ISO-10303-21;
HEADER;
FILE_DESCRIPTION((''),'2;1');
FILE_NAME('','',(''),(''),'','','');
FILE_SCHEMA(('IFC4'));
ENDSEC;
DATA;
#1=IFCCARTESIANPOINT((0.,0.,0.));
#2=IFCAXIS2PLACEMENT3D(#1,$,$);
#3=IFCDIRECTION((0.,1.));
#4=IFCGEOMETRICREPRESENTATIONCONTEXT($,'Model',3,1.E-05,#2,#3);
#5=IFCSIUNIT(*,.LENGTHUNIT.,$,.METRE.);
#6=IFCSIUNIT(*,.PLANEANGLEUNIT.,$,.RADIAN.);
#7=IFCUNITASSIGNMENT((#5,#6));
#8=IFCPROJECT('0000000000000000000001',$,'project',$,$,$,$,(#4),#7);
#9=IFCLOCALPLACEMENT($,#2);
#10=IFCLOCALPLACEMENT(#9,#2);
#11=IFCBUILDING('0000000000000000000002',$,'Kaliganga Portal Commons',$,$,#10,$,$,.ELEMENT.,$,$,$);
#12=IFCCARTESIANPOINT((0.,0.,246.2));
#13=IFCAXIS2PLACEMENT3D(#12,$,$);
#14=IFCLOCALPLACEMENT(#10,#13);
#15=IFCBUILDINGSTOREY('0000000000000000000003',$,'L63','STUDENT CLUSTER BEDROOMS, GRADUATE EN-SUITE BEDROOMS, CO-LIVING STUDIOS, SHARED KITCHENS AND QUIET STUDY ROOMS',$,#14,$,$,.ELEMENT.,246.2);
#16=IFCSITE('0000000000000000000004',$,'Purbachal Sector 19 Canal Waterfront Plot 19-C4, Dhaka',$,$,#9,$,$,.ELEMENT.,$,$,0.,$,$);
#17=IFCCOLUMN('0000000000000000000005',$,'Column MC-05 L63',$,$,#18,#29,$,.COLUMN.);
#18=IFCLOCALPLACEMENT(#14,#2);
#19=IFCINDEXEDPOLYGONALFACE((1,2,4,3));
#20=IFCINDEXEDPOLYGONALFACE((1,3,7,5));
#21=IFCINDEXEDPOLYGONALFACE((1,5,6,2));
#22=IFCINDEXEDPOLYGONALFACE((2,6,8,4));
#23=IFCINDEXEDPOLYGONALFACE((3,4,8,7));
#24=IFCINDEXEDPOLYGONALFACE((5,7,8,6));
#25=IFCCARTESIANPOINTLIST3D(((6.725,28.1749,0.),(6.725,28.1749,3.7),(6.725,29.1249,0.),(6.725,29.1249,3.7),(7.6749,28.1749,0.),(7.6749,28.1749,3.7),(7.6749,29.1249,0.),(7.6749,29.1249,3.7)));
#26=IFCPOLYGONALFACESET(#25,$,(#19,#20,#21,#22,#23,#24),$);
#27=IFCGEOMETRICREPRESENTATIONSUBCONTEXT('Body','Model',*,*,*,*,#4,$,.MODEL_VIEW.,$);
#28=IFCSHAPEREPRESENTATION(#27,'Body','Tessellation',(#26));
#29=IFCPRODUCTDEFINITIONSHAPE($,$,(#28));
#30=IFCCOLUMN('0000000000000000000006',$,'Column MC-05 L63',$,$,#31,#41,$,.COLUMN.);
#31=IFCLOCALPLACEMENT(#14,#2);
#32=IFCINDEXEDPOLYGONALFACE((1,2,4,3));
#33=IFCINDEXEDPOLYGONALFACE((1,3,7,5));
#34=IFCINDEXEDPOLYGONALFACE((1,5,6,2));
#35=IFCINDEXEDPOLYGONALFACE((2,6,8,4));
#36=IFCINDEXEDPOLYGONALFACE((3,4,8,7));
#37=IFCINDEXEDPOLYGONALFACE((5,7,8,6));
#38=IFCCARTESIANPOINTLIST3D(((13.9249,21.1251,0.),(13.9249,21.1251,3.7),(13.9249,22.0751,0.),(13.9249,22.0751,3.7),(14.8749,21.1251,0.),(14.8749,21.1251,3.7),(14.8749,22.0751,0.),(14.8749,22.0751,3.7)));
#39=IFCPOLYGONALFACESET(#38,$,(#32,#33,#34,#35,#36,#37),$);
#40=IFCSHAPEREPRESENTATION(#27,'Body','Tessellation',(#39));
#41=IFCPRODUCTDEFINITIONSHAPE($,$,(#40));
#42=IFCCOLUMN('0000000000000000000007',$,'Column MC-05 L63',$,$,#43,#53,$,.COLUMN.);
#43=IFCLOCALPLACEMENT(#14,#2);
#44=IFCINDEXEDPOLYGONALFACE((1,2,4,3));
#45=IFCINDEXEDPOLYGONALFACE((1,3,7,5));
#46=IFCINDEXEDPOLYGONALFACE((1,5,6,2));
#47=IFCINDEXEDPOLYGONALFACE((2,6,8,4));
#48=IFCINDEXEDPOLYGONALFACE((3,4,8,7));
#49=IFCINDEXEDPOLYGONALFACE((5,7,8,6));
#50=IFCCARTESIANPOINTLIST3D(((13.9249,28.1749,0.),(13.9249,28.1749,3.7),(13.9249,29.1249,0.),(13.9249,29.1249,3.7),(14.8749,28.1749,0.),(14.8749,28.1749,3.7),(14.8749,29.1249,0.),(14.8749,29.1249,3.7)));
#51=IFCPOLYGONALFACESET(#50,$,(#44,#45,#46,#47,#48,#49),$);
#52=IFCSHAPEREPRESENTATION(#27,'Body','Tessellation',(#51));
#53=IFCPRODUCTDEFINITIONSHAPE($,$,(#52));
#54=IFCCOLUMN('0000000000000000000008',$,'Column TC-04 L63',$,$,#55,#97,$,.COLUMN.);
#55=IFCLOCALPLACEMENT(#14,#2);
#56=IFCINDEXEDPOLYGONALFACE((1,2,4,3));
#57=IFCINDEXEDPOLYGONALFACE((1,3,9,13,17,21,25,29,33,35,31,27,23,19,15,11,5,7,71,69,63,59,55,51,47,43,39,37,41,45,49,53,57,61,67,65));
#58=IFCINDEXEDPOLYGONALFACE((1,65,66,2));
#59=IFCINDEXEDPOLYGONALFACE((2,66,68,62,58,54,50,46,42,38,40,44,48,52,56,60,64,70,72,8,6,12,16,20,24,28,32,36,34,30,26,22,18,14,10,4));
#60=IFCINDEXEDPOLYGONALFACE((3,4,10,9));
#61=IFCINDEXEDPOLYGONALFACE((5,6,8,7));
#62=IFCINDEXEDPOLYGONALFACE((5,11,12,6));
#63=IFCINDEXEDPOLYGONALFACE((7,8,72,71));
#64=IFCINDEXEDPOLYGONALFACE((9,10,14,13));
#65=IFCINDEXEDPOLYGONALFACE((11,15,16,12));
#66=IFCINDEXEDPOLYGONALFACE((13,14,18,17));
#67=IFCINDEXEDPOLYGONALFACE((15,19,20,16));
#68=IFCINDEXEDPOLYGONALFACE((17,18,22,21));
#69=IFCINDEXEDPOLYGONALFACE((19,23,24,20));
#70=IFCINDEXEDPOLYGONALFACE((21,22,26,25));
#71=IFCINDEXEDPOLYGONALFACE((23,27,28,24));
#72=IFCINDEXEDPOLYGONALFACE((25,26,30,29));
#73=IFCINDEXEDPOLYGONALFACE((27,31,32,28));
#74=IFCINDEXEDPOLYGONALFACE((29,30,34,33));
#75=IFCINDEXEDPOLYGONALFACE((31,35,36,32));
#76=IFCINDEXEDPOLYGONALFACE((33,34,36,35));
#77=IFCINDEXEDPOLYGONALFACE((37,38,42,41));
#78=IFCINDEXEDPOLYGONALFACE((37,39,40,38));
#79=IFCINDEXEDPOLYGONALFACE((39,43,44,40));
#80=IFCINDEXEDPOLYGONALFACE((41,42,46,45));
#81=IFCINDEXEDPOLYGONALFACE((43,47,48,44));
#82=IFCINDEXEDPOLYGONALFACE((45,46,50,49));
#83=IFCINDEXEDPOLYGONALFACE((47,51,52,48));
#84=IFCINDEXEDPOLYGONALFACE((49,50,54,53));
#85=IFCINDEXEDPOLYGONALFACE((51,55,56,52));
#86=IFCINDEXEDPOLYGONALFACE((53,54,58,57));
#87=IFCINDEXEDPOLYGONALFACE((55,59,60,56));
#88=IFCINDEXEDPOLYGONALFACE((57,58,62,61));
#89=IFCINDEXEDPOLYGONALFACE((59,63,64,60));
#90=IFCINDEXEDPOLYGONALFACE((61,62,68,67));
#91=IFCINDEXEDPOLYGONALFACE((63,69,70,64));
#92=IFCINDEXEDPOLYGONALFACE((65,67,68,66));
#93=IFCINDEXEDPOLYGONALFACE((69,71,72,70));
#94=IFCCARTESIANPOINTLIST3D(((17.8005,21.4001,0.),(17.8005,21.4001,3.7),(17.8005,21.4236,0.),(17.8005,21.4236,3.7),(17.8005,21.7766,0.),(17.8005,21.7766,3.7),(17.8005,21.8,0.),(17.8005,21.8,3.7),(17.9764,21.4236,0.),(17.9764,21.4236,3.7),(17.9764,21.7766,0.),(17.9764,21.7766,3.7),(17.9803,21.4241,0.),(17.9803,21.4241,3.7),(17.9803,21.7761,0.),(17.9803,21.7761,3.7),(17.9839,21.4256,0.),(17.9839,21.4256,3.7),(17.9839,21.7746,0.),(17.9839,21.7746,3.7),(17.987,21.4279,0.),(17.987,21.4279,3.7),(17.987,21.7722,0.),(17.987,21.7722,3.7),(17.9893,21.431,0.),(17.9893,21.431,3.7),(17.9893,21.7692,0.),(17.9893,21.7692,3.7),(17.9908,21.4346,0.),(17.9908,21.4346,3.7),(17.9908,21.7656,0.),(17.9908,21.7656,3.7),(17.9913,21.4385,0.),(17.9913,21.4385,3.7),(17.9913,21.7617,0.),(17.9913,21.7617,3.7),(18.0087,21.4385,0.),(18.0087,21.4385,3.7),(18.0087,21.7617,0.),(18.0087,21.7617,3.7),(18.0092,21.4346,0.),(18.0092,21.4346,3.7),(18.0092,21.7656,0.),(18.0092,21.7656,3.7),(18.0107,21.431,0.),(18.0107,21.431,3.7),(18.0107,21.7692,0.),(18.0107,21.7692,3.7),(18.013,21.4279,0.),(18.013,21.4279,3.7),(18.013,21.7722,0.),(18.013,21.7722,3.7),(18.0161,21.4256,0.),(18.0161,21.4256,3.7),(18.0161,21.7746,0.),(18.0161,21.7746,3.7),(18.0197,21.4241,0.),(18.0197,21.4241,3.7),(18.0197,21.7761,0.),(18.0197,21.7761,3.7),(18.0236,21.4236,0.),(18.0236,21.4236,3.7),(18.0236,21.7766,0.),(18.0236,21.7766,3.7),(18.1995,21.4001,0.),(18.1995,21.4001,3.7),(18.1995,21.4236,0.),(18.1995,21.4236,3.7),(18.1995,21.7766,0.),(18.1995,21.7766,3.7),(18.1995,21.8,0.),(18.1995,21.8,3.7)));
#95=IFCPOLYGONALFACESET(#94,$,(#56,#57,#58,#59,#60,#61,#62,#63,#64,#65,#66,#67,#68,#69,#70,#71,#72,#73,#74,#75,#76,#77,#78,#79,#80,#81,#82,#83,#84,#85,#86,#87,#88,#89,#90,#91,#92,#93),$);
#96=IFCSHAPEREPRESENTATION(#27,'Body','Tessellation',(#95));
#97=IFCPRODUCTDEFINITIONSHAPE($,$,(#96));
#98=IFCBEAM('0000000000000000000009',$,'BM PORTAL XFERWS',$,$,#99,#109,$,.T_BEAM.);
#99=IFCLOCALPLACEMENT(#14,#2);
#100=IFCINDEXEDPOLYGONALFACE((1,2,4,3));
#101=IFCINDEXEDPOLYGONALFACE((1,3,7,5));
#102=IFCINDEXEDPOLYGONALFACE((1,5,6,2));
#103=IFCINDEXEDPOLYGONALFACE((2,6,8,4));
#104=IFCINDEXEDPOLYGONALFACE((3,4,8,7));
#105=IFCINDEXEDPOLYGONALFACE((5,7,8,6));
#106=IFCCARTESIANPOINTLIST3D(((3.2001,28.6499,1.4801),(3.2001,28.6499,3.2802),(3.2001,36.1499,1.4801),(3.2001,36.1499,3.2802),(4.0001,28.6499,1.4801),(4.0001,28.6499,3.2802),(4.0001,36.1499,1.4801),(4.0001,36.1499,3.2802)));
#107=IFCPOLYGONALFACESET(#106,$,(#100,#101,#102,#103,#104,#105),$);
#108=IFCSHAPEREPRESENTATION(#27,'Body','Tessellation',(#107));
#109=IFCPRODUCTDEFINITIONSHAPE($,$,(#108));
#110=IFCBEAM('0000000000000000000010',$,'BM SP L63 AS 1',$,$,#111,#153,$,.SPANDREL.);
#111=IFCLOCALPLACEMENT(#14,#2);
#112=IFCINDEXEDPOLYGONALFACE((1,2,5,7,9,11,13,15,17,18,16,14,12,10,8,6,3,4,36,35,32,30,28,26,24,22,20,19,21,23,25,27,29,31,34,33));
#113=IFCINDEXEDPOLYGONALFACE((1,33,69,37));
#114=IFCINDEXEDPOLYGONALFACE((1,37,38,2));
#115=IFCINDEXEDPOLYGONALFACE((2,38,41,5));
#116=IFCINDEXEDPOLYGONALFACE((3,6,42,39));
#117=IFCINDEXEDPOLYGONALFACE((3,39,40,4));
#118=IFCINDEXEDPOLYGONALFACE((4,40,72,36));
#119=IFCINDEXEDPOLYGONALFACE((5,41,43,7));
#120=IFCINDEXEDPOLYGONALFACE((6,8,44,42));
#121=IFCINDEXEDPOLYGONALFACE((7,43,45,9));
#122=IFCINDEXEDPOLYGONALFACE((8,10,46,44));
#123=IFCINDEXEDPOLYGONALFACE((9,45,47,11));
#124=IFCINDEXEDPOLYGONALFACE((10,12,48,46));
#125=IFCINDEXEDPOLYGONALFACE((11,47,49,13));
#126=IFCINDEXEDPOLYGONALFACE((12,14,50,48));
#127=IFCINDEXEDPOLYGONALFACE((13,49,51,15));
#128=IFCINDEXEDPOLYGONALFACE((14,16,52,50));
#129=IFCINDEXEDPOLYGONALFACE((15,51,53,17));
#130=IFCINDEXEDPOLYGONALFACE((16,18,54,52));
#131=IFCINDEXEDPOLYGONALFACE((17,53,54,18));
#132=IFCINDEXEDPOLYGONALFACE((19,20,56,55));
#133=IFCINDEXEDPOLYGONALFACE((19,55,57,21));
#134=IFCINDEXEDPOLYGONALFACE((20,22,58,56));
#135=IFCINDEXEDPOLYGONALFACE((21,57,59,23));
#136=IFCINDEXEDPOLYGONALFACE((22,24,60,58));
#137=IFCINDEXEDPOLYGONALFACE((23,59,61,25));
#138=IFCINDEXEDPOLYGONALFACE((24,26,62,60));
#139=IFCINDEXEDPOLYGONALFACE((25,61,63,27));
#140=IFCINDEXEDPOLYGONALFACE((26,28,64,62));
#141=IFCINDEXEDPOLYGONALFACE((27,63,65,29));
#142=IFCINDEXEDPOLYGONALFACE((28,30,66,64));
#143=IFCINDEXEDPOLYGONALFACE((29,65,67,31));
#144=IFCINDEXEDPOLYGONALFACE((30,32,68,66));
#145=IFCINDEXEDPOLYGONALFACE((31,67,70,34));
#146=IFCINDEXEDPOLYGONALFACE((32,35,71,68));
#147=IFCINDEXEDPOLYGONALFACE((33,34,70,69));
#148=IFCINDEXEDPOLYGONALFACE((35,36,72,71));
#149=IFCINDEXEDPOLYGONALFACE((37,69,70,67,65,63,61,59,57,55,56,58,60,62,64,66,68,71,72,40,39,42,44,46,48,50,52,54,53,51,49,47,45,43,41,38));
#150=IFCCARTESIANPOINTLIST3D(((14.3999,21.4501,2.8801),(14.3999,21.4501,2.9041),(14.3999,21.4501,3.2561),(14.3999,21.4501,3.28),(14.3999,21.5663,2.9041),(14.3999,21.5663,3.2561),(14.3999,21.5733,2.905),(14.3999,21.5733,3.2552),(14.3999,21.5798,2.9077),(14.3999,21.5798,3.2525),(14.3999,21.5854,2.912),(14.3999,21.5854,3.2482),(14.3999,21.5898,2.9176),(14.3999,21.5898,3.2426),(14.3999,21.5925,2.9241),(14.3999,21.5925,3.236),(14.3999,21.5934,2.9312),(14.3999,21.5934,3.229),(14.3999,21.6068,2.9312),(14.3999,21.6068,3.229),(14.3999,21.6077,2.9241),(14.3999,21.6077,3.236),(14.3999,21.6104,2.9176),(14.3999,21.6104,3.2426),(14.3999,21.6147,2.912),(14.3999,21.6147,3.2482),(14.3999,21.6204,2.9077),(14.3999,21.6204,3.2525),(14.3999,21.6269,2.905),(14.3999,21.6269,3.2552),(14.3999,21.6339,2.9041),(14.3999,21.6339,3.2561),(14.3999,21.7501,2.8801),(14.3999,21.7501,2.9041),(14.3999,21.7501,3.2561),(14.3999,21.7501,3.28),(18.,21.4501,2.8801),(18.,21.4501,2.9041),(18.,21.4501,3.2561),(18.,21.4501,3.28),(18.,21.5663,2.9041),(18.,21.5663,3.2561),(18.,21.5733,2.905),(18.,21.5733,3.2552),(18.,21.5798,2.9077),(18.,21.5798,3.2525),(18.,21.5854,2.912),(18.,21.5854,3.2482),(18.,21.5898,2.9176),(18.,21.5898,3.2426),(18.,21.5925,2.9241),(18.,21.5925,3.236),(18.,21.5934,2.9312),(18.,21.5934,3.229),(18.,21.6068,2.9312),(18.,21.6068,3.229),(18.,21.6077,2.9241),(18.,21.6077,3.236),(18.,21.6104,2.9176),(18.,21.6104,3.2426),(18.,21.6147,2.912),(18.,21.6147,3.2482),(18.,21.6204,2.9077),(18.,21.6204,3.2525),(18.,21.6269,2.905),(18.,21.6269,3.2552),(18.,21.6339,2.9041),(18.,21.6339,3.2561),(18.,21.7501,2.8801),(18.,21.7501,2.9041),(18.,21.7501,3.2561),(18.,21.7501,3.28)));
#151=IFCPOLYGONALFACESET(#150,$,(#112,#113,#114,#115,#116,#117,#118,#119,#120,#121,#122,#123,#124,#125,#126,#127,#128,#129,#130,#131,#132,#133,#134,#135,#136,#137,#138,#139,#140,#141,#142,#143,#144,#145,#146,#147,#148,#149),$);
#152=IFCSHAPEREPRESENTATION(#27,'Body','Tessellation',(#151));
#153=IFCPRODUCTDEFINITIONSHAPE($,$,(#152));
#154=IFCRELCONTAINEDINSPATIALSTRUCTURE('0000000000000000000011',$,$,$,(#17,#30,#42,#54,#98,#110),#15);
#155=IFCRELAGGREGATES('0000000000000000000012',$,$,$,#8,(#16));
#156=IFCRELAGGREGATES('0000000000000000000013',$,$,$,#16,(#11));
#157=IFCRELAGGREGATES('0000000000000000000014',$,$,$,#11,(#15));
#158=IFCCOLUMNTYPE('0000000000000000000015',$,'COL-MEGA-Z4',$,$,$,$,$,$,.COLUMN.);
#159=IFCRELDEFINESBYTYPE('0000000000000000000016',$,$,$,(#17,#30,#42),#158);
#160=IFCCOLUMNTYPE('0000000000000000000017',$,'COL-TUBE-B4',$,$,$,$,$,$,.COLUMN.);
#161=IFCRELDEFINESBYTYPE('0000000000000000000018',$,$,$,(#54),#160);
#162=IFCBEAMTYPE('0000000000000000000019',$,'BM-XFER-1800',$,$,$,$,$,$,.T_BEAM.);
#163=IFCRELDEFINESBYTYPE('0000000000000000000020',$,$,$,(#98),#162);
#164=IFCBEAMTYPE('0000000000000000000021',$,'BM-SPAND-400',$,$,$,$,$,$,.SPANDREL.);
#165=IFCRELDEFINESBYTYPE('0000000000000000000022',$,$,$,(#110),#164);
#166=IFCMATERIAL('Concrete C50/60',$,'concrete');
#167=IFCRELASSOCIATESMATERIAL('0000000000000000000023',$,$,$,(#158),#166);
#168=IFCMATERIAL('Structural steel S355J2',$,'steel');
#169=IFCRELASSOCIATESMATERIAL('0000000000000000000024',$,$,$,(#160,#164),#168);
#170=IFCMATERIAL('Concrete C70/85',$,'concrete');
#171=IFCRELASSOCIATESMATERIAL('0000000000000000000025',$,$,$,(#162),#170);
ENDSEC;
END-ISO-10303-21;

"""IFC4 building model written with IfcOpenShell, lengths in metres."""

from ifc_helpers import new_model, si_unit, direction, frame, origin, origin_2d, place, context, subcontext, project, spatial, rectangle, i_section, extrude, source, transform, mapped, material, material_profile, profile_set, type_object, element, save


model = new_model("IFC4")

# Units and contexts
model_context = context("Model", 3, precision=1e-05, world=origin(), true_north=direction((0.0, 1.0)))
body_context = subcontext(model_context, "Body", "Model", "MODEL_VIEW")
ifc_project = project(units=[si_unit("LENGTHUNIT", "METRE"), si_unit("PLANEANGLEUNIT", "RADIAN")], contexts=[model_context])

# Site, building, storey
site_placement = place(None, origin())
site = spatial("IfcSite", under=ifc_project, at=site_placement, Name="Purbachal Sector 19 Canal Waterfront Plot 19-C4, Dhaka", CompositionType="ELEMENT", RefElevation=0.0)
building_placement = place(site_placement, origin())
building = spatial("IfcBuilding", under=site, at=building_placement, Name="Kaliganga Portal Commons", CompositionType="ELEMENT")
storey_placement = place(building_placement, frame((0.0, 0.0, 246.2)))
storey = spatial("IfcBuildingStorey", under=building, at=storey_placement, Name="L63", Description="STUDENT CLUSTER BEDROOMS, GRADUATE EN-SUITE BEDROOMS, CO-LIVING STUDIOS, SHARED KITCHENS AND QUIET STUDY ROOMS", CompositionType="ELEMENT", Elevation=246.2)

# Columns
ifc_material_1 = material(Name="Concrete C50/60", Category="concrete")
ifc_material_profile_1 = material_profile(ifc_material_1, rectangle(XDim=0.95, YDim=0.95, at=origin_2d()), Name="RC 950x950")
ifc_profile_set_1 = profile_set([ifc_material_profile_1], Name="Concrete C50/60")
column_type_1 = type_object("IfcColumnType", Name="COL-MEGA-Z4", PredefinedType="COLUMN", material=ifc_profile_set_1)
shared_shape_1 = source(origin(), body_context, "Body", "SweptSolid", [
    extrude(rectangle(XDim=0.95, YDim=0.95, at=origin_2d()), origin(), (0.0, 0.0, 1.0), 3.7),
])
for number, where, z_axis, x_axis, name in (
    (1, (7.2, 28.6499, 0.0), (0.0, 0.0, 1.0), (1.0, 0.0, 0.0), "Column MC-05 L63"),
    (2, (14.3999, 21.6001, 0.0), (0.0, 0.0, 1.0), (1.0, 0.0, 0.0), "Column MC-05 L63"),
    (3, (14.3999, 28.6499, 0.0), (0.0, 0.0, 1.0), (1.0, 0.0, 0.0), "Column MC-05 L63"),
):
    element("IfcColumn", number, at=place(storey_placement, frame(where, z_axis=z_axis, x_axis=x_axis)), inside=storey, type_object=column_type_1, Name=name, PredefinedType="COLUMN", context=body_context, shape_type="MappedRepresentation", body=[
        mapped(shared_shape_1, transform((0.0, 0.0, 0.0), x_axis=(1.0, 0.0, 0.0), y_axis=(0.0, 1.0, 0.0), z_axis=(0.0, 0.0, 1.0), scale=1.0)),
    ])
ifc_material_2 = material(Name="Structural steel S355J2", Category="steel")
ifc_material_profile_2 = material_profile(ifc_material_2, i_section(OverallWidth=0.3989, OverallDepth=0.3999, WebThickness=0.0173, FlangeThickness=0.0234, FilletRadius=0.0149, at=origin_2d()), Name="HD 400x287")
ifc_profile_set_2 = profile_set([ifc_material_profile_2], Name="Structural steel S355J2 wide-flange")
column_type_2 = type_object("IfcColumnType", Name="COL-TUBE-B4", PredefinedType="COLUMN", material=ifc_profile_set_2)
shared_shape_2 = source(origin(), body_context, "Body", "SweptSolid", [
    extrude(i_section(OverallWidth=0.3989, OverallDepth=0.3999, WebThickness=0.0173, FlangeThickness=0.0234, FilletRadius=0.0149, at=origin_2d()), origin(), (0.0, 0.0, 1.0), 3.7),
])
column_placement = place(storey_placement, frame((18.0, 21.6001, 0.0), z_axis=(0.0, 0.0, 1.0), x_axis=(1.0, 0.0, 0.0)))
element("IfcColumn", 4, at=column_placement, inside=storey, type_object=column_type_2, Name="Column TC-04 L63", PredefinedType="COLUMN", context=body_context, shape_type="MappedRepresentation", body=[
    mapped(shared_shape_2, transform((0.0, 0.0, 0.0), x_axis=(1.0, 0.0, 0.0), y_axis=(0.0, 1.0, 0.0), z_axis=(0.0, 0.0, 1.0), scale=1.0)),
])

# Beams
ifc_material_3 = material(Name="Concrete C70/85", Category="concrete")
ifc_material_profile_3 = material_profile(ifc_material_3, rectangle(XDim=0.8, YDim=1.8, at=origin_2d()), Name="RC 800x1800")
ifc_profile_set_3 = profile_set([ifc_material_profile_3], Name="Concrete C70/85")
beam_type_1 = type_object("IfcBeamType", Name="BM-XFER-1800", PredefinedType="T_BEAM", material=ifc_profile_set_3)
shared_shape_3 = source(origin(), body_context, "Body", "SweptSolid", [
    extrude(rectangle(XDim=0.8, YDim=1.8, at=origin_2d()), origin(), (0.0, 0.0, 1.0), 7.5),
])
beam_1_placement = place(storey_placement, frame((3.6001, 28.6499, 2.3801), z_axis=(0.0, 1.0, 0.0), x_axis=(-1.0, 0.0, 0.0)))
element("IfcBeam", 5, at=beam_1_placement, inside=storey, type_object=beam_type_1, Name="BM PORTAL XFERWS", PredefinedType="T_BEAM", context=body_context, shape_type="MappedRepresentation", body=[
    mapped(shared_shape_3, transform((0.0, 0.0, 0.0), x_axis=(1.0, 0.0, 0.0), y_axis=(0.0, 1.0, 0.0), z_axis=(0.0, 0.0, 1.0), scale=1.0)),
])
ifc_material_profile_4 = material_profile(ifc_material_2, i_section(OverallWidth=0.3, OverallDepth=0.3999, WebThickness=0.0134, FlangeThickness=0.0239, FilletRadius=0.0271, at=origin_2d()), Name="HE 400 B")
ifc_profile_set_4 = profile_set([ifc_material_profile_4], Name="Structural steel S355J2 wide-flange")
beam_type_2 = type_object("IfcBeamType", Name="BM-SPAND-400", PredefinedType="SPANDREL", material=ifc_profile_set_4)
shared_shape_4 = source(origin(), body_context, "Body", "SweptSolid", [
    extrude(i_section(OverallWidth=0.3, OverallDepth=0.3999, WebThickness=0.0134, FlangeThickness=0.0239, FilletRadius=0.0271, at=origin_2d()), origin(), (0.0, 0.0, 1.0), 3.6001),
])
for number, where, z_axis, x_axis, name in (
    (6, (14.3999, 21.6001, 3.0801), (1.0, 0.0, 0.0), (0.0, 1.0, 0.0), "BM SP L63 AS 1"),
):
    element("IfcBeam", number, at=place(storey_placement, frame(where, z_axis=z_axis, x_axis=x_axis)), inside=storey, type_object=beam_type_2, Name=name, PredefinedType="SPANDREL", context=body_context, shape_type="MappedRepresentation", body=[
        mapped(shared_shape_4, transform((0.0, 0.0, 0.0), x_axis=(1.0, 0.0, 0.0), y_axis=(0.0, 1.0, 0.0), z_axis=(0.0, 0.0, 1.0), scale=1.0)),
    ])

save(model, "model.ifc")
